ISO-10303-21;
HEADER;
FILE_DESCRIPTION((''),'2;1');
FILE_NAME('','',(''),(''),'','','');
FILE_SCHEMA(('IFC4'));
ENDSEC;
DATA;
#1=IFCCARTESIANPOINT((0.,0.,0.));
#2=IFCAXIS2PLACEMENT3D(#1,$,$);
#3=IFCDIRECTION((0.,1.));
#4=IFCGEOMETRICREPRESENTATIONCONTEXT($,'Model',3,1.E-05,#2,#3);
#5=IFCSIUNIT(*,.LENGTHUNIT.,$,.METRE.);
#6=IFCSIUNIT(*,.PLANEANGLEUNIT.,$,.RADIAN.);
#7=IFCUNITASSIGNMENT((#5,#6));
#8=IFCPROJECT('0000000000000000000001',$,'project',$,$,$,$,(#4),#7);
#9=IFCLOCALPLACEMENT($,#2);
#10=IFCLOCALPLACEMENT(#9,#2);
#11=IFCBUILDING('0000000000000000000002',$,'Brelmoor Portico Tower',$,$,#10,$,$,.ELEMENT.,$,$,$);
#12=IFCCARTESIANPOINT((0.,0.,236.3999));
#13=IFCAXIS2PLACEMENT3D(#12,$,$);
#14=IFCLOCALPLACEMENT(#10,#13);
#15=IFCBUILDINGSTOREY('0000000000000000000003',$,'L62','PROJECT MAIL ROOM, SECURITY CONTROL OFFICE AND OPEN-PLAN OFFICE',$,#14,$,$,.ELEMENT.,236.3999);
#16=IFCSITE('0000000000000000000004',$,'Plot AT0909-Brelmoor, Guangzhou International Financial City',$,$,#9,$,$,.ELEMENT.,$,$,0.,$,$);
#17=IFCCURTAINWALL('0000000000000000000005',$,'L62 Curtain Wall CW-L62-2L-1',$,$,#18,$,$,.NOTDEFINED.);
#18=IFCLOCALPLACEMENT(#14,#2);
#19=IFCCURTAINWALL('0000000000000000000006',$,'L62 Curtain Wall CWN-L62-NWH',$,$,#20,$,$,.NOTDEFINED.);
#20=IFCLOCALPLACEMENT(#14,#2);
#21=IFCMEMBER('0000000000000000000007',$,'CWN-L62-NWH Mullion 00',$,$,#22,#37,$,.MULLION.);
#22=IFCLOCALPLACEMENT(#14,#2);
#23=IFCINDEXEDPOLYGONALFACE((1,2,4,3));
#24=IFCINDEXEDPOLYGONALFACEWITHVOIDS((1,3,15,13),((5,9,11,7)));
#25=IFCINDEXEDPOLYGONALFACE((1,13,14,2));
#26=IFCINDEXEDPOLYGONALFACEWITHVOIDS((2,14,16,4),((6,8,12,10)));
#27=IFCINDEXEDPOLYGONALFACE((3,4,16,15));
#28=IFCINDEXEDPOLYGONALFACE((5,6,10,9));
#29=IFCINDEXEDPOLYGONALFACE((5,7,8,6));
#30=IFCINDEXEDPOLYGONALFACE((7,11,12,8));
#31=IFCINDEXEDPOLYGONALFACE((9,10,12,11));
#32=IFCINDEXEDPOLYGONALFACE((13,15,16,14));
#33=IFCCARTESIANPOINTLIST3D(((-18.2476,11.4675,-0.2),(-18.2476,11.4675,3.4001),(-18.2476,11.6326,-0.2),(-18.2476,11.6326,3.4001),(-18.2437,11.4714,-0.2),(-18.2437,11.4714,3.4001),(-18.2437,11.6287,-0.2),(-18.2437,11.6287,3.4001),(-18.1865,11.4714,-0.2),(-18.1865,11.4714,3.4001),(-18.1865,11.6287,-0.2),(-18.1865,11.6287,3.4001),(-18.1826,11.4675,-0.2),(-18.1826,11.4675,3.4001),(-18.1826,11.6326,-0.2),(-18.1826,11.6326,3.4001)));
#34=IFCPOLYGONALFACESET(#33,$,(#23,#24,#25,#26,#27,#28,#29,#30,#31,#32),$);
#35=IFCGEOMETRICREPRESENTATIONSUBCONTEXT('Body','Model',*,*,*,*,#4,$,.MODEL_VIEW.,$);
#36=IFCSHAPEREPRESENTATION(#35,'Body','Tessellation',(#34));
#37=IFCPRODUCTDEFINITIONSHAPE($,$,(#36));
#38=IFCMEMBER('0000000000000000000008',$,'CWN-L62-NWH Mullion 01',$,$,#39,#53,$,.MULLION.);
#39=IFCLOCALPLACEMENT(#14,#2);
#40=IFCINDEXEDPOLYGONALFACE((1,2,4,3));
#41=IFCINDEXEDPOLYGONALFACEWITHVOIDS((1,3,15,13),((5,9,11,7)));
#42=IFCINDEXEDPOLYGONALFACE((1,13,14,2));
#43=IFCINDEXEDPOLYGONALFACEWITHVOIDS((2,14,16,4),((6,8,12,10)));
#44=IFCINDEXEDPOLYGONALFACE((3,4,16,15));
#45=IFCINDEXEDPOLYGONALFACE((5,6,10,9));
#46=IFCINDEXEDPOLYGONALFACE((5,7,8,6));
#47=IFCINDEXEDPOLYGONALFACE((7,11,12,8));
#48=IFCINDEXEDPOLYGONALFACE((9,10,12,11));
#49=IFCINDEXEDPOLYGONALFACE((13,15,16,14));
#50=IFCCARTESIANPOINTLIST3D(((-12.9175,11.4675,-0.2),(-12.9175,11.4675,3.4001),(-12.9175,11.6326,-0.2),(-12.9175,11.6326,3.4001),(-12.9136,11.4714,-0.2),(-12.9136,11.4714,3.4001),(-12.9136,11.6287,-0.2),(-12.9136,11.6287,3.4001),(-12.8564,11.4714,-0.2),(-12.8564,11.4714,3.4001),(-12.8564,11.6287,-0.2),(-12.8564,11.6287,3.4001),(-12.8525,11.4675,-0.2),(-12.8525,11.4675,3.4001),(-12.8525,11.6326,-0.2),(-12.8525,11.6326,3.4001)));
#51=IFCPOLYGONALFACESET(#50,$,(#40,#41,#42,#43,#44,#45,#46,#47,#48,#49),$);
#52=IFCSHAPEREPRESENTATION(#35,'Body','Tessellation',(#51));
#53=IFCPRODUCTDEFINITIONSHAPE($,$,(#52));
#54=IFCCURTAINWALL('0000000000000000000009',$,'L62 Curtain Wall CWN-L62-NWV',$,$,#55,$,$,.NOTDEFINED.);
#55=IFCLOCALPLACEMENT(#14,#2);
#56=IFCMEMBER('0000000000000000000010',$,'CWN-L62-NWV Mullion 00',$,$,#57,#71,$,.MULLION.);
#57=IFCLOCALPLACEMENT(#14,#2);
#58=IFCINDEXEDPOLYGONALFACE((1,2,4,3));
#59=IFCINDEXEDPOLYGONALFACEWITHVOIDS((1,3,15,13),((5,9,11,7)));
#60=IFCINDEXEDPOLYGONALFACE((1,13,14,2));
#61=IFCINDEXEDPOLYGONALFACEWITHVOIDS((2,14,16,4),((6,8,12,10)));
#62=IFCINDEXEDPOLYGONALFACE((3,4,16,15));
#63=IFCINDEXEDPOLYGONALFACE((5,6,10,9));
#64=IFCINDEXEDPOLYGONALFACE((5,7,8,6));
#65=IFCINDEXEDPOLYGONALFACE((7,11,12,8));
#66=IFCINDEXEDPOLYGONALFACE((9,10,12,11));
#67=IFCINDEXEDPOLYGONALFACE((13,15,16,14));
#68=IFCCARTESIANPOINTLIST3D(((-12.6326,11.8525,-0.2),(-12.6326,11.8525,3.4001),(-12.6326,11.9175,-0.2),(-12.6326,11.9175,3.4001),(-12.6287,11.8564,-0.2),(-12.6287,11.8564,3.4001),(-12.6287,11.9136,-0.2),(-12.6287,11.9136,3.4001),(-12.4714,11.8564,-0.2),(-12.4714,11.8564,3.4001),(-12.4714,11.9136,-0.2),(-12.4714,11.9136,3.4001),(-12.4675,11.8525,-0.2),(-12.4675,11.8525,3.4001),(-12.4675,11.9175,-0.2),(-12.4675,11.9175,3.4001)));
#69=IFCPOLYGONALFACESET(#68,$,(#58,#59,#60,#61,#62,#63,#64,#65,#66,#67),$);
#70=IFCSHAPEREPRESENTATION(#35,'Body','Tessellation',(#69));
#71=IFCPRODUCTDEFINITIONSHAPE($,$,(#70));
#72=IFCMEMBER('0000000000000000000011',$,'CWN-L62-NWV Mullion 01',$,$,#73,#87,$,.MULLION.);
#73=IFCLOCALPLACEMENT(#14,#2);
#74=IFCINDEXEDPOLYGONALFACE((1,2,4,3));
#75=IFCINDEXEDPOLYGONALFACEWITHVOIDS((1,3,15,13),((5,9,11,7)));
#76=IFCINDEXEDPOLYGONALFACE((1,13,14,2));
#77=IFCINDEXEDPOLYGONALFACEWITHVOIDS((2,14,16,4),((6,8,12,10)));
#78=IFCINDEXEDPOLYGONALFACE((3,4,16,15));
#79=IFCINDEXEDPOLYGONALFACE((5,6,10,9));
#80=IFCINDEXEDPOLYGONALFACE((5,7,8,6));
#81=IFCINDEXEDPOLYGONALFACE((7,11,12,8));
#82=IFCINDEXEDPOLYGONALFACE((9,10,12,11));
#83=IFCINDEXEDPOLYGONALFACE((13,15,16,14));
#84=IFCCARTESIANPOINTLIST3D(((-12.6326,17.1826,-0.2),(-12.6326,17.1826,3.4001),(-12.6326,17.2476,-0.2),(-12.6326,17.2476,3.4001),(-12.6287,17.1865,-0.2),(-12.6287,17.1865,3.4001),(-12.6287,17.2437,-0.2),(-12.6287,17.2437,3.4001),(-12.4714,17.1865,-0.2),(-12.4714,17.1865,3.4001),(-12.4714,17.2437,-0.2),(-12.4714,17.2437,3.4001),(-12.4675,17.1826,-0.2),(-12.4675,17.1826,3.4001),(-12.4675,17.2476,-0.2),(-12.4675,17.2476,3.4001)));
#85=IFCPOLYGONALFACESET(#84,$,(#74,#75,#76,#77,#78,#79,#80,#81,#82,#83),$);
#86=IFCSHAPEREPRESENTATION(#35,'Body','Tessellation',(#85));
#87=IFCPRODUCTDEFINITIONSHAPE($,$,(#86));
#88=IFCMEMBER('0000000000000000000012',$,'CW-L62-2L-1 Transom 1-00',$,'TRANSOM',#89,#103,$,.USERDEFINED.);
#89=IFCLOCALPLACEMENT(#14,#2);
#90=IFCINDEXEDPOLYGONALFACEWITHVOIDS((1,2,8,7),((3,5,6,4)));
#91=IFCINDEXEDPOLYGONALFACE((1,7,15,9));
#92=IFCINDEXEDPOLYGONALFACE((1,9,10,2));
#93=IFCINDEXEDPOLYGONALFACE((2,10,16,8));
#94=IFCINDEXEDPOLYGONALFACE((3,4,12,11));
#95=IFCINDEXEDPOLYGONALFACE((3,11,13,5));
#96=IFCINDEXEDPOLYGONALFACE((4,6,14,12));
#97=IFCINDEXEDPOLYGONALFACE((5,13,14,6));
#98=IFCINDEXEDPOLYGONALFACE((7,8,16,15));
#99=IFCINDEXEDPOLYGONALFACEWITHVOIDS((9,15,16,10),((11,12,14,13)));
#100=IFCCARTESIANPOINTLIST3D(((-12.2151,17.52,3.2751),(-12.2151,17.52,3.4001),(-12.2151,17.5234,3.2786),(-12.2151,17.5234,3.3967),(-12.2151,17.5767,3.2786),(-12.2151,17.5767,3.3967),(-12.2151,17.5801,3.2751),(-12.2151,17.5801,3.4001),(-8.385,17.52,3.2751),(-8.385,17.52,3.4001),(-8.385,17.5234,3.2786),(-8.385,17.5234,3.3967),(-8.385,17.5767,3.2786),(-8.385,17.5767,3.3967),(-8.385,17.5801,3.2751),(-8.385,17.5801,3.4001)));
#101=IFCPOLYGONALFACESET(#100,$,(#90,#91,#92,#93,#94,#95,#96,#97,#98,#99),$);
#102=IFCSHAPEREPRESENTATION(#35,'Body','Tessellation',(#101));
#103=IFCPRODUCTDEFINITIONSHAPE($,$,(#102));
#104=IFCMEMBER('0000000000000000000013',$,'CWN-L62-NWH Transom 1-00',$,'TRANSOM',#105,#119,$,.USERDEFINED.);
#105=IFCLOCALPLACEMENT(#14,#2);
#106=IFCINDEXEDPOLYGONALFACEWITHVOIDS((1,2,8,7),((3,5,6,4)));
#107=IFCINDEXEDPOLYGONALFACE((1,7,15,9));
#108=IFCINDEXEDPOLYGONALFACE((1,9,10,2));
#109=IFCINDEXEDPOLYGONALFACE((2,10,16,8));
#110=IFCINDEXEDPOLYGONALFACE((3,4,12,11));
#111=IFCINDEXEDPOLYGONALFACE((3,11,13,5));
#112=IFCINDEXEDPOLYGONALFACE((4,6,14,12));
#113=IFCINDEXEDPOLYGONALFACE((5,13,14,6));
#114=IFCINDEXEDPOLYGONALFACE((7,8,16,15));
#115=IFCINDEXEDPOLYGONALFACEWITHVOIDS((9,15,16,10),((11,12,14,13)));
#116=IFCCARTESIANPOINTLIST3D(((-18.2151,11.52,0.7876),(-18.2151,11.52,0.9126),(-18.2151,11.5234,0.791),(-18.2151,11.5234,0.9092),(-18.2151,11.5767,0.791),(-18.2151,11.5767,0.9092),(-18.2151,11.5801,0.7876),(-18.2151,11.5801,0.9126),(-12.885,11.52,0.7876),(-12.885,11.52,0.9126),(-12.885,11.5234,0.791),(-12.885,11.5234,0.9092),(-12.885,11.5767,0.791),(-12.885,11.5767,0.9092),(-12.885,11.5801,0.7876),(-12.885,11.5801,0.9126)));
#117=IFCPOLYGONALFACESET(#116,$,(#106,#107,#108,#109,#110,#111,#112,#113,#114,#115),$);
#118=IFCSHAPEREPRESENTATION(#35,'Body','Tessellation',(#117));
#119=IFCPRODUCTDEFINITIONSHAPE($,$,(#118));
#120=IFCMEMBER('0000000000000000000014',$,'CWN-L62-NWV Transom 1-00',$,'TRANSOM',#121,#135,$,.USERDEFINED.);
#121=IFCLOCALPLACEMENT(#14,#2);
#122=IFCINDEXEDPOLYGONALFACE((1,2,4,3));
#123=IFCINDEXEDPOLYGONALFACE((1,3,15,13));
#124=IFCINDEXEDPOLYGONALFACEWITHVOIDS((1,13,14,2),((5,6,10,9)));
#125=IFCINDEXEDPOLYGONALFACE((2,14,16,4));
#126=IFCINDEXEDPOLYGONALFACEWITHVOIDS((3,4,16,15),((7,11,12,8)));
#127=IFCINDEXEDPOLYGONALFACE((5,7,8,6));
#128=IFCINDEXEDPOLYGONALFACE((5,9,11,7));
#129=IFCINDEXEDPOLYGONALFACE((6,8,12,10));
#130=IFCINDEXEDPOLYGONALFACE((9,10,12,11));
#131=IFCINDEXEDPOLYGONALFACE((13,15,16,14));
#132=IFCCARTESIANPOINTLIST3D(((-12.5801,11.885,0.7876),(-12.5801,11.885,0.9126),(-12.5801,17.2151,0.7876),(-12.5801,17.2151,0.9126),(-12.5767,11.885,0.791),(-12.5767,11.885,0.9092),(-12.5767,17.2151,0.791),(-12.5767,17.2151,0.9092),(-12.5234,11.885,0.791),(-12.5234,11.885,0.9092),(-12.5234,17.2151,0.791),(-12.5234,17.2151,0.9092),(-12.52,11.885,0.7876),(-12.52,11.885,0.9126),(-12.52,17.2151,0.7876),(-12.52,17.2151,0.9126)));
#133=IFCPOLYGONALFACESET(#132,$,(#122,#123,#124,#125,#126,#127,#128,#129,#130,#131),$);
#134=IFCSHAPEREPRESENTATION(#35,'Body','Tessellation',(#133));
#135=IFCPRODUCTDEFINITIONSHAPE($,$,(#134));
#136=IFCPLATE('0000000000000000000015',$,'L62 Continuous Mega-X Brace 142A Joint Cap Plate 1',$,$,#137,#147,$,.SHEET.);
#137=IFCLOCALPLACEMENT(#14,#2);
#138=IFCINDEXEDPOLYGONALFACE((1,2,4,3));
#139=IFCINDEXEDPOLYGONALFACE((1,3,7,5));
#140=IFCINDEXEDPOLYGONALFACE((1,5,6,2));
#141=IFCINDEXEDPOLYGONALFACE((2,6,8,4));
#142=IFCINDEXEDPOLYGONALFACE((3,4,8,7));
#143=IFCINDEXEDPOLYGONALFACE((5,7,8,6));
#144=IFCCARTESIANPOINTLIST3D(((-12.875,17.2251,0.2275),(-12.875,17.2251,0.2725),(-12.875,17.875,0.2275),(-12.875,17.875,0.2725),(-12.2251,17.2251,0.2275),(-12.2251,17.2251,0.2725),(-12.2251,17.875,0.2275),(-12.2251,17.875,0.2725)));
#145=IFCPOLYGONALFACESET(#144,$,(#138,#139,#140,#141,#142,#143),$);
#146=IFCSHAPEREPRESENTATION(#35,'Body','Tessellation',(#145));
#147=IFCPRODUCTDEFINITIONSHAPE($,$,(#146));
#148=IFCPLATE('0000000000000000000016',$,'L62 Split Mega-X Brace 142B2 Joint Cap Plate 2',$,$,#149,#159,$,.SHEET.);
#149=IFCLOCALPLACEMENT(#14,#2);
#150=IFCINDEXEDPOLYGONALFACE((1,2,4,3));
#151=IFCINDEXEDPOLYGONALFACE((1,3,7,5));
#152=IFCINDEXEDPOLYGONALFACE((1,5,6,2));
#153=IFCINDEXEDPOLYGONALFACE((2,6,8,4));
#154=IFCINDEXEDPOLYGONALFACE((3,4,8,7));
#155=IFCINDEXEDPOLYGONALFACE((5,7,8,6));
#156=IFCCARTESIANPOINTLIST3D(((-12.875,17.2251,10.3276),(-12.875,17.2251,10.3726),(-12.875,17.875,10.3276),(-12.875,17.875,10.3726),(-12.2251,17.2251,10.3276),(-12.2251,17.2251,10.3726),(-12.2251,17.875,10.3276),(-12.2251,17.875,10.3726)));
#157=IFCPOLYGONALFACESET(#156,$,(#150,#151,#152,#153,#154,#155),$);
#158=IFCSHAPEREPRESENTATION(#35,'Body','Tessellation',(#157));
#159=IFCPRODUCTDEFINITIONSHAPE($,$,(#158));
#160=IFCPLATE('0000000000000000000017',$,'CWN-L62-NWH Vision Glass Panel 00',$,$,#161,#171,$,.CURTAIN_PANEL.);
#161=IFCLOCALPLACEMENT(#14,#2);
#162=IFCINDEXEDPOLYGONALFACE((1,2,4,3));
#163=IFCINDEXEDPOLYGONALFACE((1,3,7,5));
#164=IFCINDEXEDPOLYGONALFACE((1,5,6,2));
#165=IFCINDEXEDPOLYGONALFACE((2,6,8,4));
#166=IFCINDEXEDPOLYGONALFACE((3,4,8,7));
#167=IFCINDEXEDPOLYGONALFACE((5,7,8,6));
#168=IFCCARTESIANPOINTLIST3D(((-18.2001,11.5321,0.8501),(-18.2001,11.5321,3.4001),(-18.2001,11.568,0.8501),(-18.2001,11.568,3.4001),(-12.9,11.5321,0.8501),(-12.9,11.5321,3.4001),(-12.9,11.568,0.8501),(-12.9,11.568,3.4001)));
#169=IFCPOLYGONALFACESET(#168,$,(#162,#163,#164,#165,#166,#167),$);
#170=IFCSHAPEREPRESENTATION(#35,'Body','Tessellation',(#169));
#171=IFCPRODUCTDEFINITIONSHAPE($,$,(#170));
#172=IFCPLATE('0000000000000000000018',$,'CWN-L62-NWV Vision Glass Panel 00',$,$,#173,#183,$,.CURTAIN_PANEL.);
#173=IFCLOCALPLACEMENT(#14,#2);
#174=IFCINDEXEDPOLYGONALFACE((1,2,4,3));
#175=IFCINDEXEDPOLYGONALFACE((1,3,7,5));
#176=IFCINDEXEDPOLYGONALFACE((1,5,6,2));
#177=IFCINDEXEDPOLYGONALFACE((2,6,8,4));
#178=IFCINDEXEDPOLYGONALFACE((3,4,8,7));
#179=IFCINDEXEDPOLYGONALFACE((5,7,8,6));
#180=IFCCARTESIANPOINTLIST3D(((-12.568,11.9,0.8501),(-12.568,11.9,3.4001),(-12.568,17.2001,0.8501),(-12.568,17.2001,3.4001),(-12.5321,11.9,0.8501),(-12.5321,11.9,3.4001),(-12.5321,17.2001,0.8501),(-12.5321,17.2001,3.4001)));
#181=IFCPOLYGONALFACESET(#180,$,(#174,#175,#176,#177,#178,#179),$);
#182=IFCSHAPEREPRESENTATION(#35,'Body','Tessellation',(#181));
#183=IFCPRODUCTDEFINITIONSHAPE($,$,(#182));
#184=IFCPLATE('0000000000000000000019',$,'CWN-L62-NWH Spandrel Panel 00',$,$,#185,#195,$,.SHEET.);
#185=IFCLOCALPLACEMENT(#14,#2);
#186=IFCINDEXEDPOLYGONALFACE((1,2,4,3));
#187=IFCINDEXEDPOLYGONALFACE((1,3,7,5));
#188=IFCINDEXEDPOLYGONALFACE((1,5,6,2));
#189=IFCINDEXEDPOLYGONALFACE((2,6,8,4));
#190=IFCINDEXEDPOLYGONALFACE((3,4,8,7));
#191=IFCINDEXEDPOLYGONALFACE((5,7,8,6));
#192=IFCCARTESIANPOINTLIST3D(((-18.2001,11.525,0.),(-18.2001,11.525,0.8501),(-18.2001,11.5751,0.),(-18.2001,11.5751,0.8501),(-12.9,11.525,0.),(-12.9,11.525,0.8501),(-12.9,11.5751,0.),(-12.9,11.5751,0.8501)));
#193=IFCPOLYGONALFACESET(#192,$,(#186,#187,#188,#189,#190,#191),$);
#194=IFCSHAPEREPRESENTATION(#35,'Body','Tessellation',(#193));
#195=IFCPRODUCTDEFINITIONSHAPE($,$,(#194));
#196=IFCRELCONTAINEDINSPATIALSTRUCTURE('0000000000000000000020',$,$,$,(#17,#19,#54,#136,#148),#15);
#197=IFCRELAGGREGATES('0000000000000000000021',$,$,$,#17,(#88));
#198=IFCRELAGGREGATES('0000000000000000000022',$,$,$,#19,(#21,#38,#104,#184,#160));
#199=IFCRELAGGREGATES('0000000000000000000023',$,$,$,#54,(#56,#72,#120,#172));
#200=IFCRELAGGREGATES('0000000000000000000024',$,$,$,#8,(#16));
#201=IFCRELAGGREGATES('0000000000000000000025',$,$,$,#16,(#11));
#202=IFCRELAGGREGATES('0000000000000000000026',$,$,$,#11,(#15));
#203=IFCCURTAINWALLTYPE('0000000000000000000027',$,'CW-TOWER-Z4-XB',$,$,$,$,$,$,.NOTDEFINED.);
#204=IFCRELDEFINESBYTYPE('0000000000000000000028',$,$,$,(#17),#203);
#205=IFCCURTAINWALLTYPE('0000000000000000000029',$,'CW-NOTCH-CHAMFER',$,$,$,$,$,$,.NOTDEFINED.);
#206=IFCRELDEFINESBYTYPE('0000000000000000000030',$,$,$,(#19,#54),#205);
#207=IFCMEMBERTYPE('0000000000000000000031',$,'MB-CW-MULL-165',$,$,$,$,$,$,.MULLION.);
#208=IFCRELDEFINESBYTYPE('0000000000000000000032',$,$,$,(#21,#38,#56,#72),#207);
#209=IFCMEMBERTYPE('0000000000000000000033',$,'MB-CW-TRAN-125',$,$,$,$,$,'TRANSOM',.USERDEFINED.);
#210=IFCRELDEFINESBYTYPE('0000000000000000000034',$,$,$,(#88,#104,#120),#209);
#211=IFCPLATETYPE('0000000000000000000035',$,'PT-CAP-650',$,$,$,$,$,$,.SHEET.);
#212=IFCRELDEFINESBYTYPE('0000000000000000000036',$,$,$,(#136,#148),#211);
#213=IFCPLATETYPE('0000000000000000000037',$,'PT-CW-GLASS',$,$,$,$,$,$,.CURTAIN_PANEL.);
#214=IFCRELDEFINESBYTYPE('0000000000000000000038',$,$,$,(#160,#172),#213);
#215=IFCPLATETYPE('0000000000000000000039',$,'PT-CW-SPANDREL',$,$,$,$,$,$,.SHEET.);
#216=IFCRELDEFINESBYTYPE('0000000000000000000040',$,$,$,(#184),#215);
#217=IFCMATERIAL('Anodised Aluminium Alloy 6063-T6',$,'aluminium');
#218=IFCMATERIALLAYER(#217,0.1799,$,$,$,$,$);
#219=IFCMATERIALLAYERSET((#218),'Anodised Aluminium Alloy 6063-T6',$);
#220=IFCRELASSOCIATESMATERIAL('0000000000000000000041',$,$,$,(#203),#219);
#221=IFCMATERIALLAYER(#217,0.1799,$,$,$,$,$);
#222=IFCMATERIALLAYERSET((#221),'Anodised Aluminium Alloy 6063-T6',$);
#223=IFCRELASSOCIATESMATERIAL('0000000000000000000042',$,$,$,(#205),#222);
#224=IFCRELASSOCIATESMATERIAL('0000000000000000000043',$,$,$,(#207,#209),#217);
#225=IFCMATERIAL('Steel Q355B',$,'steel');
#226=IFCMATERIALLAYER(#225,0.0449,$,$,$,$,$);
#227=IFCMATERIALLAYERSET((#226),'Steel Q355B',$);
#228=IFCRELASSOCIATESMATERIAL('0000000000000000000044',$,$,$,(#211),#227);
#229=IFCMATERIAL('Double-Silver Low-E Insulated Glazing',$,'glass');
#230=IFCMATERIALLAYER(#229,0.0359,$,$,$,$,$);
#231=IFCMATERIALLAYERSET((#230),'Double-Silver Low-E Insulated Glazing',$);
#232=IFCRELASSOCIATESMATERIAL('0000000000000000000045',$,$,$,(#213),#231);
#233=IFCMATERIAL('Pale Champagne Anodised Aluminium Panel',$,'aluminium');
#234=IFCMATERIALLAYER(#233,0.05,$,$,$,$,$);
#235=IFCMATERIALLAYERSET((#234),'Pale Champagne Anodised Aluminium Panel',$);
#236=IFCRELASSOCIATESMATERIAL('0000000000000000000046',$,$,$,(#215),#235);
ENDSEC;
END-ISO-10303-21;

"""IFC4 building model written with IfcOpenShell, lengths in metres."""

from ifc_helpers import new_model, si_unit, direction, frame, origin, origin_2d, place, context, subcontext, project, spatial, rectangle, hollow_rectangle, extrude, material, layer, layer_set, material_profile, profile_set, type_object, element, aggregate, save


model = new_model("IFC4")

# Units and contexts
model_context = context("Model", 3, precision=1e-05, world=origin(), true_north=direction((0.0, 1.0)))
body_context = subcontext(model_context, "Body", "Model", "MODEL_VIEW")
ifc_project = project(units=[si_unit("LENGTHUNIT", "METRE"), si_unit("PLANEANGLEUNIT", "RADIAN")], contexts=[model_context])

# Site, building, storey
site_placement = place(None, origin())
site = spatial("IfcSite", under=ifc_project, at=site_placement, Name="Plot AT0909-Brelmoor, Guangzhou International Financial City", CompositionType="ELEMENT", RefElevation=0.0)
building_placement = place(site_placement, origin())
building = spatial("IfcBuilding", under=site, at=building_placement, Name="Brelmoor Portico Tower", CompositionType="ELEMENT")
storey_placement = place(building_placement, frame((0.0, 0.0, 236.3999)))
storey = spatial("IfcBuildingStorey", under=building, at=storey_placement, Name="L62", Description="PROJECT MAIL ROOM, SECURITY CONTROL OFFICE AND OPEN-PLAN OFFICE", CompositionType="ELEMENT", Elevation=236.3999)

# Shared definitions
ifc_material_1 = material(Name="Steel Q355B", Category="steel")

# Curtain wall
ifc_material_2 = material(Name="Anodised Aluminium Alloy 6063-T6", Category="aluminium")
ifc_layer_1 = layer(ifc_material_2, 0.1799)
ifc_layer_set_1 = layer_set([ifc_layer_1], Name="Anodised Aluminium Alloy 6063-T6")
curtain_wall_type_1 = type_object("IfcCurtainWallType", Name="CW-TOWER-Z4-XB", PredefinedType="NOTDEFINED", material=ifc_layer_set_1)
curtain_wall_1_placement = place(storey_placement, origin())
curtain_wall_1 = element("IfcCurtainWall", 1, at=curtain_wall_1_placement, inside=storey, type_object=curtain_wall_type_1, Name="L62 Curtain Wall CW-L62-2L-1", PredefinedType="NOTDEFINED")

# Curtain walls, members
ifc_layer_2 = layer(ifc_material_2, 0.1799)
ifc_layer_set_2 = layer_set([ifc_layer_2], Name="Anodised Aluminium Alloy 6063-T6")
curtain_wall_type_2 = type_object("IfcCurtainWallType", Name="CW-NOTCH-CHAMFER", PredefinedType="NOTDEFINED", material=ifc_layer_set_2)
curtain_wall_2_placement = place(storey_placement, origin())
curtain_wall_2 = element("IfcCurtainWall", 2, at=curtain_wall_2_placement, inside=storey, type_object=curtain_wall_type_2, Name="L62 Curtain Wall CWN-L62-NWH", PredefinedType="NOTDEFINED")
ifc_material_profile_1 = material_profile(ifc_material_2, hollow_rectangle(XDim=0.0649, YDim=0.165, WallThickness=0.0039, at=origin_2d()), Name="ALU MULLION 65x165")
ifc_profile_set_1 = profile_set([ifc_material_profile_1], Name="Anodised Aluminium Alloy 6063-T6")
member_type_1 = type_object("IfcMemberType", Name="MB-CW-MULL-165", PredefinedType="MULLION", material=ifc_profile_set_1)
member_1_placement = place(storey_placement, frame((-18.2151, 11.55, -0.2), z_axis=(0.0, 0.0, 1.0), x_axis=(1.0, 0.0, 0.0)))
member_1 = element("IfcMember", 3, at=member_1_placement, type_object=member_type_1, Name="CWN-L62-NWH Mullion 00", PredefinedType="MULLION", context=body_context, shape_type="SweptSolid", body=[
    extrude(hollow_rectangle(XDim=0.0649, YDim=0.165, WallThickness=0.0039, at=origin_2d()), origin(), (0.0, 0.0, 1.0), 3.6001),
])
member_2_placement = place(storey_placement, frame((-12.885, 11.55, -0.2), z_axis=(0.0, 0.0, 1.0), x_axis=(1.0, 0.0, 0.0)))
member_2 = element("IfcMember", 4, at=member_2_placement, type_object=member_type_1, Name="CWN-L62-NWH Mullion 01", PredefinedType="MULLION", context=body_context, shape_type="SweptSolid", body=[
    extrude(hollow_rectangle(XDim=0.0649, YDim=0.165, WallThickness=0.0039, at=origin_2d()), origin(), (0.0, 0.0, 1.0), 3.6001),
])
curtain_wall_3_placement = place(storey_placement, origin())
curtain_wall_3 = element("IfcCurtainWall", 5, at=curtain_wall_3_placement, inside=storey, type_object=curtain_wall_type_2, Name="L62 Curtain Wall CWN-L62-NWV", PredefinedType="NOTDEFINED")
member_3_placement = place(storey_placement, frame((-12.55, 11.885, -0.2), z_axis=(0.0, 0.0, 1.0), x_axis=(0.0, 1.0, 0.0)))
member_3 = element("IfcMember", 6, at=member_3_placement, type_object=member_type_1, Name="CWN-L62-NWV Mullion 00", PredefinedType="MULLION", context=body_context, shape_type="SweptSolid", body=[
    extrude(hollow_rectangle(XDim=0.0649, YDim=0.165, WallThickness=0.0039, at=origin_2d()), origin(), (0.0, 0.0, 1.0), 3.6001),
])
member_4_placement = place(storey_placement, frame((-12.55, 17.2151, -0.2), z_axis=(0.0, 0.0, 1.0), x_axis=(0.0, 1.0, 0.0)))
member_4 = element("IfcMember", 7, at=member_4_placement, type_object=member_type_1, Name="CWN-L62-NWV Mullion 01", PredefinedType="MULLION", context=body_context, shape_type="SweptSolid", body=[
    extrude(hollow_rectangle(XDim=0.0649, YDim=0.165, WallThickness=0.0039, at=origin_2d()), origin(), (0.0, 0.0, 1.0), 3.6001),
])

# Members
ifc_material_profile_2 = material_profile(ifc_material_2, hollow_rectangle(XDim=0.0601, YDim=0.125, WallThickness=0.0034, at=origin_2d()), Name="ALU TRANSOM 60x125")
ifc_profile_set_2 = profile_set([ifc_material_profile_2], Name="Anodised Aluminium Alloy 6063-T6")
member_type_2 = type_object("IfcMemberType", Name="MB-CW-TRAN-125", ElementType="TRANSOM", PredefinedType="USERDEFINED", material=ifc_profile_set_2)
member_5_placement = place(storey_placement, frame((-12.2151, 17.55, 3.3376), z_axis=(1.0, 0.0, 0.0), x_axis=(0.0, 1.0, 0.0)))
member_5 = element("IfcMember", 8, at=member_5_placement, type_object=member_type_2, Name="CW-L62-2L-1 Transom 1-00", ObjectType="TRANSOM", PredefinedType="USERDEFINED", context=body_context, shape_type="SweptSolid", body=[
    extrude(hollow_rectangle(XDim=0.0601, YDim=0.125, WallThickness=0.0034, at=origin_2d()), origin(), (0.0, 0.0, 1.0), 3.8301),
])
aggregate(curtain_wall_1, [member_5])
member_6_placement = place(storey_placement, frame((-18.2151, 11.55, 0.8501), z_axis=(1.0, 0.0, 0.0), x_axis=(0.0, 1.0, 0.0)))
member_6 = element("IfcMember", 9, at=member_6_placement, type_object=member_type_2, Name="CWN-L62-NWH Transom 1-00", ObjectType="TRANSOM", PredefinedType="USERDEFINED", context=body_context, shape_type="SweptSolid", body=[
    extrude(hollow_rectangle(XDim=0.0601, YDim=0.125, WallThickness=0.0034, at=origin_2d()), origin(), (0.0, 0.0, 1.0), 5.3301),
])
member_7_placement = place(storey_placement, frame((-12.55, 11.885, 0.8501), z_axis=(0.0, 1.0, 0.0), x_axis=(-1.0, 0.0, 0.0)))
member_7 = element("IfcMember", 10, at=member_7_placement, type_object=member_type_2, Name="CWN-L62-NWV Transom 1-00", ObjectType="TRANSOM", PredefinedType="USERDEFINED", context=body_context, shape_type="SweptSolid", body=[
    extrude(hollow_rectangle(XDim=0.0601, YDim=0.125, WallThickness=0.0034, at=origin_2d()), origin(), (0.0, 0.0, 1.0), 5.3301),
])

# Plates
ifc_layer_3 = layer(ifc_material_1, 0.0449)
ifc_layer_set_3 = layer_set([ifc_layer_3], Name="Steel Q355B")
plate_type_1 = type_object("IfcPlateType", Name="PT-CAP-650", PredefinedType="SHEET", material=ifc_layer_set_3)
for number, where, z_axis, x_axis, name in (
    (11, (-12.55, 17.55, 0.2275), (0.0, 0.0, 1.0), (1.0, 0.0, 0.0), "L62 Continuous Mega-X Brace 142A Joint Cap Plate 1"),
    (12, (-12.55, 17.55, 10.3276), (0.0, 0.0, 1.0), (1.0, 0.0, 0.0), "L62 Split Mega-X Brace 142B2 Joint Cap Plate 2"),
):
    element("IfcPlate", number, at=place(storey_placement, frame(where, z_axis=z_axis, x_axis=x_axis)), inside=storey, type_object=plate_type_1, Name=name, PredefinedType="SHEET", context=body_context, shape_type="SweptSolid", body=[
        extrude(rectangle(XDim=0.6499, YDim=0.6499, at=origin_2d()), origin(), (0.0, 0.0, 1.0), 0.0449),
    ])

# Plates
ifc_material_3 = material(Name="Double-Silver Low-E Insulated Glazing", Category="glass")
ifc_layer_4 = layer(ifc_material_3, 0.0359)
ifc_layer_set_4 = layer_set([ifc_layer_4], Name="Double-Silver Low-E Insulated Glazing")
plate_type_2 = type_object("IfcPlateType", Name="PT-CW-GLASS", PredefinedType="CURTAIN_PANEL", material=ifc_layer_set_4)
plate_1_placement = place(storey_placement, frame((-15.55, 11.55, 0.8501), z_axis=(0.0, 0.0, 1.0), x_axis=(1.0, 0.0, 0.0)))
plate_1 = element("IfcPlate", 13, at=plate_1_placement, type_object=plate_type_2, Name="CWN-L62-NWH Vision Glass Panel 00", PredefinedType="CURTAIN_PANEL", context=body_context, shape_type="SweptSolid", body=[
    extrude(rectangle(XDim=5.3, YDim=0.0359, at=origin_2d()), origin(), (0.0, 0.0, 1.0), 2.55),
])
plate_2_placement = place(storey_placement, frame((-12.55, 14.55, 0.8501), z_axis=(0.0, 0.0, 1.0), x_axis=(0.0, 1.0, 0.0)))
plate_2 = element("IfcPlate", 14, at=plate_2_placement, type_object=plate_type_2, Name="CWN-L62-NWV Vision Glass Panel 00", PredefinedType="CURTAIN_PANEL", context=body_context, shape_type="SweptSolid", body=[
    extrude(rectangle(XDim=5.3, YDim=0.0359, at=origin_2d()), origin(), (0.0, 0.0, 1.0), 2.55),
])
ifc_material_4 = material(Name="Pale Champagne Anodised Aluminium Panel", Category="aluminium")
ifc_layer_5 = layer(ifc_material_4, 0.05)
ifc_layer_set_5 = layer_set([ifc_layer_5], Name="Pale Champagne Anodised Aluminium Panel")
plate_type_3 = type_object("IfcPlateType", Name="PT-CW-SPANDREL", PredefinedType="SHEET", material=ifc_layer_set_5)
plate_3_placement = place(storey_placement, frame((-15.55, 11.55, 0.0), z_axis=(0.0, 0.0, 1.0), x_axis=(1.0, 0.0, 0.0)))
plate_3 = element("IfcPlate", 15, at=plate_3_placement, type_object=plate_type_3, Name="CWN-L62-NWH Spandrel Panel 00", PredefinedType="SHEET", context=body_context, shape_type="SweptSolid", body=[
    extrude(rectangle(XDim=5.3, YDim=0.05, at=origin_2d()), origin(), (0.0, 0.0, 1.0), 0.8501),
])
aggregate(curtain_wall_2, [member_1, member_2, member_6, plate_3, plate_1])
aggregate(curtain_wall_3, [member_3, member_4, member_7, plate_2])

save(model, "model.ifc")
